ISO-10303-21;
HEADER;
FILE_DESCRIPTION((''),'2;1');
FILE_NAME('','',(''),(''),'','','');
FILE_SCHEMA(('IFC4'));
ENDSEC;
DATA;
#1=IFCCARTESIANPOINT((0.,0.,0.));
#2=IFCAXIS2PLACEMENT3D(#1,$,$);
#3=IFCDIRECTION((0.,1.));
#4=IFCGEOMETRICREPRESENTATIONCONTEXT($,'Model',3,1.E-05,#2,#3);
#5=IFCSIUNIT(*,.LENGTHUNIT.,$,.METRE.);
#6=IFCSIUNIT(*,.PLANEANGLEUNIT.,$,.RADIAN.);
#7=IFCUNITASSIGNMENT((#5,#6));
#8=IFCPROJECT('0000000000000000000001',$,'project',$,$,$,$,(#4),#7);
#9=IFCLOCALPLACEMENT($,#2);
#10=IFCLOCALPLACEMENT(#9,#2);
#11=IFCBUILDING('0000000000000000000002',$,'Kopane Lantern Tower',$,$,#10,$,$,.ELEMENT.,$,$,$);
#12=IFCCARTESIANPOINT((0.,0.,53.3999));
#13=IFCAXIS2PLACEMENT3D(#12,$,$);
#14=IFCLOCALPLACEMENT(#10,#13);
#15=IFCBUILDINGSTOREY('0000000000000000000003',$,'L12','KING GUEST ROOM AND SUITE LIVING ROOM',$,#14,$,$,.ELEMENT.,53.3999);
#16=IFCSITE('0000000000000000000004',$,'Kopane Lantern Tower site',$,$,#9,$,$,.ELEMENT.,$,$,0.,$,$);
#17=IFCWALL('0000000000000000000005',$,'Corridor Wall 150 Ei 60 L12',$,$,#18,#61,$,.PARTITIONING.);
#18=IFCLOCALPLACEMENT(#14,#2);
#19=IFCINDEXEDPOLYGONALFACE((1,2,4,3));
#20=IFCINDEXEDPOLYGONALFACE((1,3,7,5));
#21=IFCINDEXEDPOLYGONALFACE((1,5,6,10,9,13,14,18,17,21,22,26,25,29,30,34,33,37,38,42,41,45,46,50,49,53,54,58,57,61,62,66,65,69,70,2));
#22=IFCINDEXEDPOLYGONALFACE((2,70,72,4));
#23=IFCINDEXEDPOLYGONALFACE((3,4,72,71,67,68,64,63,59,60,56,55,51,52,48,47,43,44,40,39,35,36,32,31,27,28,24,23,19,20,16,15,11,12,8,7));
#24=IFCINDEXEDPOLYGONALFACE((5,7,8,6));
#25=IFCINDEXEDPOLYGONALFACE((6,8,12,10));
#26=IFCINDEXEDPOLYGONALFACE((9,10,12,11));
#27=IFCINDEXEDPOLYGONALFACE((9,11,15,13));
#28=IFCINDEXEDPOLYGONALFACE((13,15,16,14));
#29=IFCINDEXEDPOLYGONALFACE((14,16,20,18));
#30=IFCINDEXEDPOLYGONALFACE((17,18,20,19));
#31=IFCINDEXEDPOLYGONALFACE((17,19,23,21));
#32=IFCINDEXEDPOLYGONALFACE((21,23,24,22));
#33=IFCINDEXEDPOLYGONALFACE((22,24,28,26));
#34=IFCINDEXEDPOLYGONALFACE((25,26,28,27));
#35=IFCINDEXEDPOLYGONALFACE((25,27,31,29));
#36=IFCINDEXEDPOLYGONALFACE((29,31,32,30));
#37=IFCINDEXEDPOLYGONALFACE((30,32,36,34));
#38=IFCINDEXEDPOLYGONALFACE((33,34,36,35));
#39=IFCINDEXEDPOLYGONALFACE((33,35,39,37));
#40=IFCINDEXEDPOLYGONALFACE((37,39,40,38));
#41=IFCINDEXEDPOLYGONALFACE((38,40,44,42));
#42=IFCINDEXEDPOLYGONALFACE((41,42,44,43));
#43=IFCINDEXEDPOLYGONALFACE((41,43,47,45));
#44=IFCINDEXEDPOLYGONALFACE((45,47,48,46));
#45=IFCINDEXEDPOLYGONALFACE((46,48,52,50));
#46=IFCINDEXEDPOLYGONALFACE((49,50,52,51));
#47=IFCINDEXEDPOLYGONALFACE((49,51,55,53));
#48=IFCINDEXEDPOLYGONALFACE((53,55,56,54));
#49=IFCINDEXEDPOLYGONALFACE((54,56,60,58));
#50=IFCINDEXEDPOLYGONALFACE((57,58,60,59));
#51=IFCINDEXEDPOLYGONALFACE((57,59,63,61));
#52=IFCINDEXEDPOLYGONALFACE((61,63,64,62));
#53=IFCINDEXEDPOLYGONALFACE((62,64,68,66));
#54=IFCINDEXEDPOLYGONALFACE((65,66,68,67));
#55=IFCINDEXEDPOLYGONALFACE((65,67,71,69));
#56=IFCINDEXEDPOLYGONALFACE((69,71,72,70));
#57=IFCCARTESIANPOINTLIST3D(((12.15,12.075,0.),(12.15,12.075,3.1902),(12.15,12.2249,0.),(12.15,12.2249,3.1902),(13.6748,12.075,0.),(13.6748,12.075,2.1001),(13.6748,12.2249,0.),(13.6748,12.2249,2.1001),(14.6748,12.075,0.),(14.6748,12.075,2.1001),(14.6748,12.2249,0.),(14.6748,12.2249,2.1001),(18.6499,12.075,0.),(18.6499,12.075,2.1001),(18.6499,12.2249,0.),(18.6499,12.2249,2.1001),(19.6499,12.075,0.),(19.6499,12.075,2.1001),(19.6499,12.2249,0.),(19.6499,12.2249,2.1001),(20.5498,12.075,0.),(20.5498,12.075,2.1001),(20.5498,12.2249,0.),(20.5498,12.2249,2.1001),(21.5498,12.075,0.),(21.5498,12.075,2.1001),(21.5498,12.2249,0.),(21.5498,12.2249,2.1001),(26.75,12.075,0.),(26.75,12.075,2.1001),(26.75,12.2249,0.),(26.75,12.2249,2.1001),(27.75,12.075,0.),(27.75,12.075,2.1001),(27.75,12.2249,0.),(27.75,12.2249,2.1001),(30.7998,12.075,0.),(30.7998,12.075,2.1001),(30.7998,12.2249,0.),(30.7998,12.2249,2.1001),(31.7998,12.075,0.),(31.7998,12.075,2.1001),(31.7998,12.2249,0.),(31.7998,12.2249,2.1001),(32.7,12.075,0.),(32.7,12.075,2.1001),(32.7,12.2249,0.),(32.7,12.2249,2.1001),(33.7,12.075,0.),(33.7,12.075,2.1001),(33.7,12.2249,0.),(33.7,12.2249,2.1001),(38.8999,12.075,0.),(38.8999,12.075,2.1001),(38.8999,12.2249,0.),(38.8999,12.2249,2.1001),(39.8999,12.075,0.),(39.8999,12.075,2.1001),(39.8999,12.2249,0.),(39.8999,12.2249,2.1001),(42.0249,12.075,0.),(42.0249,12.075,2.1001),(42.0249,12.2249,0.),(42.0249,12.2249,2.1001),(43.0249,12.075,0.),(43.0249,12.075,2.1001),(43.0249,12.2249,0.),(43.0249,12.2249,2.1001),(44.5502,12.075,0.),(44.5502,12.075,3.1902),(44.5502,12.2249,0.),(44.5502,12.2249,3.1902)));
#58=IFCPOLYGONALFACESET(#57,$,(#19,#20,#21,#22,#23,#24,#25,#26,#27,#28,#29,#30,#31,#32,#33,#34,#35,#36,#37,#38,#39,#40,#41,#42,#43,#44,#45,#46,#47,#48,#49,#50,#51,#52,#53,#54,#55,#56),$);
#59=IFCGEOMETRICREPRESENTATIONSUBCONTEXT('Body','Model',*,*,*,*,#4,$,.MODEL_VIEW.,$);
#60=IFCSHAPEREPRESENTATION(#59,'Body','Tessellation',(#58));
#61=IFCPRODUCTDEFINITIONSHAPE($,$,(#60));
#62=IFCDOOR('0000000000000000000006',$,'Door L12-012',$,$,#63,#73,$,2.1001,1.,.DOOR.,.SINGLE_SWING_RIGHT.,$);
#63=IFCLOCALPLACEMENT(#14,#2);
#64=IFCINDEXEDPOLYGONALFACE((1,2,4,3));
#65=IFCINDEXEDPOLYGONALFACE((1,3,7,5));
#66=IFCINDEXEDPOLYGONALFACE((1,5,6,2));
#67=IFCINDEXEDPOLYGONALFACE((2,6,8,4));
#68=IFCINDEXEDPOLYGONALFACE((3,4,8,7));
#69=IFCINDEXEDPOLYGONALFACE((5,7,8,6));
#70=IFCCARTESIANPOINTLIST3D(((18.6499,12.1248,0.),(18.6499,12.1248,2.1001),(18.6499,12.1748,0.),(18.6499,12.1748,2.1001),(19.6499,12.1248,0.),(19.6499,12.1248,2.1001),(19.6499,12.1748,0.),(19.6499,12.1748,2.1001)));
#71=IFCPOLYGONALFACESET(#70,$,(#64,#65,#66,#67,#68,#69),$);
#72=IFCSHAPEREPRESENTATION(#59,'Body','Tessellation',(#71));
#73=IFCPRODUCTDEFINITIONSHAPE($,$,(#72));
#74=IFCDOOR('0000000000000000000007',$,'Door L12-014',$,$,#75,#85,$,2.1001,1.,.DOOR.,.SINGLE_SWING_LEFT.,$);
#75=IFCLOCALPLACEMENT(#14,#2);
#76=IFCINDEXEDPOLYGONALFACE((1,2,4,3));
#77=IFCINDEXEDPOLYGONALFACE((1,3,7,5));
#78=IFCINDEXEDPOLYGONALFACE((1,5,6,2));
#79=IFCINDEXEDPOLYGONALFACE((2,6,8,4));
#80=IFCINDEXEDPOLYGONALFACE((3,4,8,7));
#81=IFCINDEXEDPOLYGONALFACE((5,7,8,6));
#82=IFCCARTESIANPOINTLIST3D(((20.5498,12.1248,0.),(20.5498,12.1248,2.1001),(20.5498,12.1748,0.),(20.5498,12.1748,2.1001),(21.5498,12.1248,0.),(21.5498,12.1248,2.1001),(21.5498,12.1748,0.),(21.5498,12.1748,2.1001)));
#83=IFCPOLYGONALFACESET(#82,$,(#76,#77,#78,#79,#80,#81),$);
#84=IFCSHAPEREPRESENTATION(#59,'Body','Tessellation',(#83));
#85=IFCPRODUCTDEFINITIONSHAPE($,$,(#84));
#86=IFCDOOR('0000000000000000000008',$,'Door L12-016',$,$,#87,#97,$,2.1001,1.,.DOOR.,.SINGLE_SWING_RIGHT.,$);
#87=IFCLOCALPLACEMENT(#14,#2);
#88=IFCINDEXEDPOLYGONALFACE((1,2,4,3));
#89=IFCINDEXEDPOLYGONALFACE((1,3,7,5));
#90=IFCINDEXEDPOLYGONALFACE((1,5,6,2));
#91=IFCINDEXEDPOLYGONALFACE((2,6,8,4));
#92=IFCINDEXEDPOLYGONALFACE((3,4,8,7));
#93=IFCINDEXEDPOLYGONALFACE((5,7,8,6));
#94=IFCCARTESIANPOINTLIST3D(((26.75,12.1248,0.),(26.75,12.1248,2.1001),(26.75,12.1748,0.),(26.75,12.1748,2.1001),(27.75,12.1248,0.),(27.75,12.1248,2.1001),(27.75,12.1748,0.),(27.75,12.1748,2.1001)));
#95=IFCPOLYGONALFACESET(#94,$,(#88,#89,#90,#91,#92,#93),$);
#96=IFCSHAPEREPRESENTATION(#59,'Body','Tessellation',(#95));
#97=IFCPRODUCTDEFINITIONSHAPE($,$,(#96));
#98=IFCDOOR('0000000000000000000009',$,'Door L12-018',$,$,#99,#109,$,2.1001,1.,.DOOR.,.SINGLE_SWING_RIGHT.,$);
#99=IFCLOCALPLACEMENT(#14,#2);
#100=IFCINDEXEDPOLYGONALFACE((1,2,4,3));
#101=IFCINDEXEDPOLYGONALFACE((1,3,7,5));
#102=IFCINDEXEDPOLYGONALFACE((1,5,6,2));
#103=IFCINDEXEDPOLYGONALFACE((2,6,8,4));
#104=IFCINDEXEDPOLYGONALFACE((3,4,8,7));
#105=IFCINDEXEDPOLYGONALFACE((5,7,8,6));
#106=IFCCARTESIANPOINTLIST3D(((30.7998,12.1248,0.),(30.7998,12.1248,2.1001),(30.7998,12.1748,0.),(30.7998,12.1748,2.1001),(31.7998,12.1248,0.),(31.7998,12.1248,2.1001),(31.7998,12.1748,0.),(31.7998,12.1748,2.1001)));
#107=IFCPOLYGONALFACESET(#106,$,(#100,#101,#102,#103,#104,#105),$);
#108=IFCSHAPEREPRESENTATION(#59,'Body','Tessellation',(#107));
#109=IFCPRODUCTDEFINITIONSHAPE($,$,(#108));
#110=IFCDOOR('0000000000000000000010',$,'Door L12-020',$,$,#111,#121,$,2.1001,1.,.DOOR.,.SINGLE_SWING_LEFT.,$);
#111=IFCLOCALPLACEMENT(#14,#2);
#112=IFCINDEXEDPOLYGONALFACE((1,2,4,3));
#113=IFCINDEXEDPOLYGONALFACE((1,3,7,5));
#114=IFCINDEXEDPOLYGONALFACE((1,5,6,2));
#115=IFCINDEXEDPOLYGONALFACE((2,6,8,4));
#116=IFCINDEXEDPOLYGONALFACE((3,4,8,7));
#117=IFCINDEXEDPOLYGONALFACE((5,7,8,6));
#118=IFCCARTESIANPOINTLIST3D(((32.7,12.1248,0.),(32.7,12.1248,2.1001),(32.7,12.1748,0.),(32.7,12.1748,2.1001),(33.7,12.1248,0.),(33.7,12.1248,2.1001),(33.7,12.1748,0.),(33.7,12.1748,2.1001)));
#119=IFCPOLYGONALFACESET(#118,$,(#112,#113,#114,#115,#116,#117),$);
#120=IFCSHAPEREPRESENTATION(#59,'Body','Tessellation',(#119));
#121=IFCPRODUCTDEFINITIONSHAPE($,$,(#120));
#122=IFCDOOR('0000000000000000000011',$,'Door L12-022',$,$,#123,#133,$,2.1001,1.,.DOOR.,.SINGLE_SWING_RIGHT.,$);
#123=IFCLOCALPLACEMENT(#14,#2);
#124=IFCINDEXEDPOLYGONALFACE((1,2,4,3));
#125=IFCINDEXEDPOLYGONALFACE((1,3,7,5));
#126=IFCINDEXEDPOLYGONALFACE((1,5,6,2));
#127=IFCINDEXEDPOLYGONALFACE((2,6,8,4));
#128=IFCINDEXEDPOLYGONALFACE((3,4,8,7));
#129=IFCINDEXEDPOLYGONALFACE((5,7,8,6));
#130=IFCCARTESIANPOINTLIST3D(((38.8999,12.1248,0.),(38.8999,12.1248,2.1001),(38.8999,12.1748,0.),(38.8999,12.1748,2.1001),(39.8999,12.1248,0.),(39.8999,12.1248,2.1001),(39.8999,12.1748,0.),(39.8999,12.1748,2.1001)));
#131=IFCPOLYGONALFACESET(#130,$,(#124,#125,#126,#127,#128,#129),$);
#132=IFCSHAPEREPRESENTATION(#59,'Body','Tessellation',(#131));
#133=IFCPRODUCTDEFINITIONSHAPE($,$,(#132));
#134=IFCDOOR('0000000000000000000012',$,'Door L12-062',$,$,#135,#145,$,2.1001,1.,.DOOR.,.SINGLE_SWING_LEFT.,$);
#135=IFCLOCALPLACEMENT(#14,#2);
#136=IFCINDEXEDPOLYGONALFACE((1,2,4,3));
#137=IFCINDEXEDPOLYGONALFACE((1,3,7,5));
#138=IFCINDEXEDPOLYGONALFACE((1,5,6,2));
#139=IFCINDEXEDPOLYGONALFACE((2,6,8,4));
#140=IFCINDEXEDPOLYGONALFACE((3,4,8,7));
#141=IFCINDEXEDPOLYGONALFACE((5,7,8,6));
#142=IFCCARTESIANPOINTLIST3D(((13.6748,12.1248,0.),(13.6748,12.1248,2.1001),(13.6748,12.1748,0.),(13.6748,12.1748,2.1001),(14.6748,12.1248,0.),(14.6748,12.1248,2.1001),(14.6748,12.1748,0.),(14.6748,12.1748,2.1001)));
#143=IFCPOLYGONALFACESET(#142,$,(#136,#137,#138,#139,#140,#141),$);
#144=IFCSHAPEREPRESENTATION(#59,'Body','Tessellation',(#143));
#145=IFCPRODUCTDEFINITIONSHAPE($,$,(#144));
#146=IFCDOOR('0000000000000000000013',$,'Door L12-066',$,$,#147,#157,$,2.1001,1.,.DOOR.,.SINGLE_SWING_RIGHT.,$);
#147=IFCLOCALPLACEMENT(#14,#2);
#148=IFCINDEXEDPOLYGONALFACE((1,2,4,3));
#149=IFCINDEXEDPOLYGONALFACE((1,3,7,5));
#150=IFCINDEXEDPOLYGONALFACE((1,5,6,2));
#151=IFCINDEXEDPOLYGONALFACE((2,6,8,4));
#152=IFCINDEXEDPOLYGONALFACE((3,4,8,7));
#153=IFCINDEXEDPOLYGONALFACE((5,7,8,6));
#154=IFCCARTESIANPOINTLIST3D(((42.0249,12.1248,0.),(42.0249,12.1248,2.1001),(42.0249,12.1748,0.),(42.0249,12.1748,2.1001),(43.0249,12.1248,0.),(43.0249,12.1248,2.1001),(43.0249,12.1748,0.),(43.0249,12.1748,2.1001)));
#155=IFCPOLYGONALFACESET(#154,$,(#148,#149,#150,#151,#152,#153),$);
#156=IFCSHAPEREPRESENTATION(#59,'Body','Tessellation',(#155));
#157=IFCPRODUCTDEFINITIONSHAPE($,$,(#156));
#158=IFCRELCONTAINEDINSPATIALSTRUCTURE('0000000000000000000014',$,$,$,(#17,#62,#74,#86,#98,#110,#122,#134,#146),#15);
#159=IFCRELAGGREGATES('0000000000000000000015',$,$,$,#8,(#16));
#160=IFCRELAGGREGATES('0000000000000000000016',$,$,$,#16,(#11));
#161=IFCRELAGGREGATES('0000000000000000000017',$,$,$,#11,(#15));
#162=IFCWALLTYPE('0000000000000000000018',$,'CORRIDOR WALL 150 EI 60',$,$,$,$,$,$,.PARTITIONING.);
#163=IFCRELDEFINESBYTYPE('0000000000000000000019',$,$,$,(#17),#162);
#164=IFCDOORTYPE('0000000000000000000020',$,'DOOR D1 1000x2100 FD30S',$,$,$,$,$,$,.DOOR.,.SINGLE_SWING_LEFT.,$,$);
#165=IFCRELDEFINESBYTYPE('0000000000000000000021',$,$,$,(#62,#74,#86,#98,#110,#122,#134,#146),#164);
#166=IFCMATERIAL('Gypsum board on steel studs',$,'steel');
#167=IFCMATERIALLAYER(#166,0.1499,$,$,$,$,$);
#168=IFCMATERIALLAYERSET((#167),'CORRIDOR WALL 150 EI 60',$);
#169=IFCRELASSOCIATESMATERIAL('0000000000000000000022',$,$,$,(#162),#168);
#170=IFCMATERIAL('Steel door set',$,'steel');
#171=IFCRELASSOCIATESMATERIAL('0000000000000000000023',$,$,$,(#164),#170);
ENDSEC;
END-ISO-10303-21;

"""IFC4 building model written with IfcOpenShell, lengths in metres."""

from ifc_helpers import new_model, si_unit, direction, frame, frame_2d, origin, place, context, subcontext, project, spatial, rectangle, extrude, material, layer, layer_set, type_object, element, fill, save


model = new_model("IFC4")

# Units and contexts
model_context = context("Model", 3, precision=1e-05, world=origin(), true_north=direction((0.0, 1.0)))
body_context = subcontext(model_context, "Body", "Model", "MODEL_VIEW")
ifc_project = project(units=[si_unit("LENGTHUNIT", "METRE"), si_unit("PLANEANGLEUNIT", "RADIAN")], contexts=[model_context])

# Site, building, storey
site_placement = place(None, origin())
site = spatial("IfcSite", under=ifc_project, at=site_placement, Name="Kopane Lantern Tower site", CompositionType="ELEMENT", RefElevation=0.0)
building_placement = place(site_placement, origin())
building = spatial("IfcBuilding", under=site, at=building_placement, Name="Kopane Lantern Tower", CompositionType="ELEMENT")
storey_placement = place(building_placement, frame((0.0, 0.0, 53.3999)))
storey = spatial("IfcBuildingStorey", under=building, at=storey_placement, Name="L12", Description="KING GUEST ROOM AND SUITE LIVING ROOM", CompositionType="ELEMENT", Elevation=53.3999)

# Wall, openings, doors
ifc_material_1 = material(Name="Gypsum board on steel studs", Category="steel")
ifc_layer_1 = layer(ifc_material_1, 0.1499)
ifc_layer_set_1 = layer_set([ifc_layer_1], Name="CORRIDOR WALL 150 EI 60")
wall_type_1 = type_object("IfcWallType", Name="CORRIDOR WALL 150 EI 60", PredefinedType="PARTITIONING", material=ifc_layer_set_1)
wall_1_placement = place(storey_placement, frame((12.1499, 12.1499, 0.0), z_axis=(0.0, 0.0, 1.0), x_axis=(1.0, 0.0, 0.0)))
wall_1 = element("IfcWall", 1, at=wall_1_placement, inside=storey, type_object=wall_type_1, Name="Corridor Wall 150 Ei 60 L12", PredefinedType="PARTITIONING", context=body_context, shape_type="SweptSolid", body=[
    extrude(rectangle(XDim=32.4001, YDim=0.1499, at=frame_2d((16.2002, 0.0))), origin(), (0.0, 0.0, 1.0), 3.1902),
])
opening_1_placement = place(wall_1_placement, frame((6.5, 0.0, 0.0)))
opening_1 = element("IfcOpeningElement", 2, at=opening_1_placement, cuts=wall_1, PredefinedType="OPENING", context=body_context, shape_type="SweptSolid", body=[
    extrude(rectangle(XDim=1.0, YDim=2.1001, at=frame_2d((0.5, 1.05))), frame((0.0, 0.085, 0.0), z_axis=(0.0, -1.0, 0.0), x_axis=(1.0, 0.0, 0.0)), (0.0, 0.0, 1.0), 0.1699),
])
opening_2_placement = place(wall_1_placement, frame((8.3999, 0.0, 0.0)))
opening_2 = element("IfcOpeningElement", 3, at=opening_2_placement, cuts=wall_1, PredefinedType="OPENING", context=body_context, shape_type="SweptSolid", body=[
    extrude(rectangle(XDim=1.0, YDim=2.1001, at=frame_2d((0.5, 1.05))), frame((0.0, 0.085, 0.0), z_axis=(0.0, -1.0, 0.0), x_axis=(1.0, 0.0, 0.0)), (0.0, 0.0, 1.0), 0.1699),
])
opening_3_placement = place(wall_1_placement, frame((14.6001, 0.0, 0.0)))
opening_3 = element("IfcOpeningElement", 4, at=opening_3_placement, cuts=wall_1, PredefinedType="OPENING", context=body_context, shape_type="SweptSolid", body=[
    extrude(rectangle(XDim=1.0, YDim=2.1001, at=frame_2d((0.5, 1.05))), frame((0.0, 0.085, 0.0), z_axis=(0.0, -1.0, 0.0), x_axis=(1.0, 0.0, 0.0)), (0.0, 0.0, 1.0), 0.1699),
])
opening_4_placement = place(wall_1_placement, frame((18.6499, 0.0, 0.0)))
opening_4 = element("IfcOpeningElement", 5, at=opening_4_placement, cuts=wall_1, PredefinedType="OPENING", context=body_context, shape_type="SweptSolid", body=[
    extrude(rectangle(XDim=1.0, YDim=2.1001, at=frame_2d((0.5, 1.05))), frame((0.0, 0.085, 0.0), z_axis=(0.0, -1.0, 0.0), x_axis=(1.0, 0.0, 0.0)), (0.0, 0.0, 1.0), 0.1699),
])
opening_5_placement = place(wall_1_placement, frame((20.55, 0.0, 0.0)))
opening_5 = element("IfcOpeningElement", 6, at=opening_5_placement, cuts=wall_1, PredefinedType="OPENING", context=body_context, shape_type="SweptSolid", body=[
    extrude(rectangle(XDim=1.0, YDim=2.1001, at=frame_2d((0.5, 1.05))), frame((0.0, 0.085, 0.0), z_axis=(0.0, -1.0, 0.0), x_axis=(1.0, 0.0, 0.0)), (0.0, 0.0, 1.0), 0.1699),
])
opening_6_placement = place(wall_1_placement, frame((26.75, 0.0, 0.0)))
opening_6 = element("IfcOpeningElement", 7, at=opening_6_placement, cuts=wall_1, PredefinedType="OPENING", context=body_context, shape_type="SweptSolid", body=[
    extrude(rectangle(XDim=1.0, YDim=2.1001, at=frame_2d((0.5, 1.05))), frame((0.0, 0.085, 0.0), z_axis=(0.0, -1.0, 0.0), x_axis=(1.0, 0.0, 0.0)), (0.0, 0.0, 1.0), 0.1699),
])
opening_7_placement = place(wall_1_placement, frame((1.5249, 0.0, 0.0)))
opening_7 = element("IfcOpeningElement", 8, at=opening_7_placement, cuts=wall_1, PredefinedType="OPENING", context=body_context, shape_type="SweptSolid", body=[
    extrude(rectangle(XDim=1.0, YDim=2.1001, at=frame_2d((0.5, 1.05))), frame((0.0, 0.085, 0.0), z_axis=(0.0, -1.0, 0.0), x_axis=(1.0, 0.0, 0.0)), (0.0, 0.0, 1.0), 0.1699),
])
opening_8_placement = place(wall_1_placement, frame((29.875, 0.0, 0.0)))
opening_8 = element("IfcOpeningElement", 9, at=opening_8_placement, cuts=wall_1, PredefinedType="OPENING", context=body_context, shape_type="SweptSolid", body=[
    extrude(rectangle(XDim=1.0, YDim=2.1001, at=frame_2d((0.5, 1.05))), frame((0.0, 0.085, 0.0), z_axis=(0.0, -1.0, 0.0), x_axis=(1.0, 0.0, 0.0)), (0.0, 0.0, 1.0), 0.1699),
])
ifc_material_2 = material(Name="Steel door set", Category="steel")
door_type = type_object("IfcDoorType", Name="DOOR D1 1000x2100 FD30S", OperationType="SINGLE_SWING_LEFT", PredefinedType="DOOR", material=ifc_material_2)
door_1_placement = place(opening_1_placement, origin())
door_1 = element("IfcDoor", 10, at=door_1_placement, inside=storey, type_object=door_type, Name="Door L12-012", OperationType="SINGLE_SWING_RIGHT", OverallHeight=2.1001, OverallWidth=1.0, PredefinedType="DOOR", context=body_context, shape_type="SweptSolid", body=[
    extrude(rectangle(XDim=1.0, YDim=2.1001, at=frame_2d((0.5, 1.05))), frame((0.0, 0.0249, 0.0), z_axis=(0.0, -1.0, 0.0), x_axis=(1.0, 0.0, 0.0)), (0.0, 0.0, 1.0), 0.05),
])
fill(opening_1, door_1)
door_2_placement = place(opening_2_placement, origin())
door_2 = element("IfcDoor", 11, at=door_2_placement, inside=storey, type_object=door_type, Name="Door L12-014", OperationType="SINGLE_SWING_LEFT", OverallHeight=2.1001, OverallWidth=1.0, PredefinedType="DOOR", context=body_context, shape_type="SweptSolid", body=[
    extrude(rectangle(XDim=1.0, YDim=2.1001, at=frame_2d((0.5, 1.05))), frame((0.0, 0.0249, 0.0), z_axis=(0.0, -1.0, 0.0), x_axis=(1.0, 0.0, 0.0)), (0.0, 0.0, 1.0), 0.05),
])
fill(opening_2, door_2)
door_3_placement = place(opening_3_placement, origin())
door_3 = element("IfcDoor", 12, at=door_3_placement, inside=storey, type_object=door_type, Name="Door L12-016", OperationType="SINGLE_SWING_RIGHT", OverallHeight=2.1001, OverallWidth=1.0, PredefinedType="DOOR", context=body_context, shape_type="SweptSolid", body=[
    extrude(rectangle(XDim=1.0, YDim=2.1001, at=frame_2d((0.5, 1.05))), frame((0.0, 0.0249, 0.0), z_axis=(0.0, -1.0, 0.0), x_axis=(1.0, 0.0, 0.0)), (0.0, 0.0, 1.0), 0.05),
])
fill(opening_3, door_3)
door_4_placement = place(opening_4_placement, origin())
door_4 = element("IfcDoor", 13, at=door_4_placement, inside=storey, type_object=door_type, Name="Door L12-018", OperationType="SINGLE_SWING_RIGHT", OverallHeight=2.1001, OverallWidth=1.0, PredefinedType="DOOR", context=body_context, shape_type="SweptSolid", body=[
    extrude(rectangle(XDim=1.0, YDim=2.1001, at=frame_2d((0.5, 1.05))), frame((0.0, 0.0249, 0.0), z_axis=(0.0, -1.0, 0.0), x_axis=(1.0, 0.0, 0.0)), (0.0, 0.0, 1.0), 0.05),
])
fill(opening_4, door_4)
door_5_placement = place(opening_5_placement, origin())
door_5 = element("IfcDoor", 14, at=door_5_placement, inside=storey, type_object=door_type, Name="Door L12-020", OperationType="SINGLE_SWING_LEFT", OverallHeight=2.1001, OverallWidth=1.0, PredefinedType="DOOR", context=body_context, shape_type="SweptSolid", body=[
    extrude(rectangle(XDim=1.0, YDim=2.1001, at=frame_2d((0.5, 1.05))), frame((0.0, 0.0249, 0.0), z_axis=(0.0, -1.0, 0.0), x_axis=(1.0, 0.0, 0.0)), (0.0, 0.0, 1.0), 0.05),
])
fill(opening_5, door_5)
door_6_placement = place(opening_6_placement, origin())
door_6 = element("IfcDoor", 15, at=door_6_placement, inside=storey, type_object=door_type, Name="Door L12-022", OperationType="SINGLE_SWING_RIGHT", OverallHeight=2.1001, OverallWidth=1.0, PredefinedType="DOOR", context=body_context, shape_type="SweptSolid", body=[
    extrude(rectangle(XDim=1.0, YDim=2.1001, at=frame_2d((0.5, 1.05))), frame((0.0, 0.0249, 0.0), z_axis=(0.0, -1.0, 0.0), x_axis=(1.0, 0.0, 0.0)), (0.0, 0.0, 1.0), 0.05),
])
fill(opening_6, door_6)
door_7_placement = place(opening_7_placement, origin())
door_7 = element("IfcDoor", 16, at=door_7_placement, inside=storey, type_object=door_type, Name="Door L12-062", OperationType="SINGLE_SWING_LEFT", OverallHeight=2.1001, OverallWidth=1.0, PredefinedType="DOOR", context=body_context, shape_type="SweptSolid", body=[
    extrude(rectangle(XDim=1.0, YDim=2.1001, at=frame_2d((0.5, 1.05))), frame((0.0, 0.0249, 0.0), z_axis=(0.0, -1.0, 0.0), x_axis=(1.0, 0.0, 0.0)), (0.0, 0.0, 1.0), 0.05),
])
fill(opening_7, door_7)
door_8_placement = place(opening_8_placement, origin())
door_8 = element("IfcDoor", 17, at=door_8_placement, inside=storey, type_object=door_type, Name="Door L12-066", OperationType="SINGLE_SWING_RIGHT", OverallHeight=2.1001, OverallWidth=1.0, PredefinedType="DOOR", context=body_context, shape_type="SweptSolid", body=[
    extrude(rectangle(XDim=1.0, YDim=2.1001, at=frame_2d((0.5, 1.05))), frame((0.0, 0.0249, 0.0), z_axis=(0.0, -1.0, 0.0), x_axis=(1.0, 0.0, 0.0)), (0.0, 0.0, 1.0), 0.05),
])
fill(opening_8, door_8)

save(model, "model.ifc")
